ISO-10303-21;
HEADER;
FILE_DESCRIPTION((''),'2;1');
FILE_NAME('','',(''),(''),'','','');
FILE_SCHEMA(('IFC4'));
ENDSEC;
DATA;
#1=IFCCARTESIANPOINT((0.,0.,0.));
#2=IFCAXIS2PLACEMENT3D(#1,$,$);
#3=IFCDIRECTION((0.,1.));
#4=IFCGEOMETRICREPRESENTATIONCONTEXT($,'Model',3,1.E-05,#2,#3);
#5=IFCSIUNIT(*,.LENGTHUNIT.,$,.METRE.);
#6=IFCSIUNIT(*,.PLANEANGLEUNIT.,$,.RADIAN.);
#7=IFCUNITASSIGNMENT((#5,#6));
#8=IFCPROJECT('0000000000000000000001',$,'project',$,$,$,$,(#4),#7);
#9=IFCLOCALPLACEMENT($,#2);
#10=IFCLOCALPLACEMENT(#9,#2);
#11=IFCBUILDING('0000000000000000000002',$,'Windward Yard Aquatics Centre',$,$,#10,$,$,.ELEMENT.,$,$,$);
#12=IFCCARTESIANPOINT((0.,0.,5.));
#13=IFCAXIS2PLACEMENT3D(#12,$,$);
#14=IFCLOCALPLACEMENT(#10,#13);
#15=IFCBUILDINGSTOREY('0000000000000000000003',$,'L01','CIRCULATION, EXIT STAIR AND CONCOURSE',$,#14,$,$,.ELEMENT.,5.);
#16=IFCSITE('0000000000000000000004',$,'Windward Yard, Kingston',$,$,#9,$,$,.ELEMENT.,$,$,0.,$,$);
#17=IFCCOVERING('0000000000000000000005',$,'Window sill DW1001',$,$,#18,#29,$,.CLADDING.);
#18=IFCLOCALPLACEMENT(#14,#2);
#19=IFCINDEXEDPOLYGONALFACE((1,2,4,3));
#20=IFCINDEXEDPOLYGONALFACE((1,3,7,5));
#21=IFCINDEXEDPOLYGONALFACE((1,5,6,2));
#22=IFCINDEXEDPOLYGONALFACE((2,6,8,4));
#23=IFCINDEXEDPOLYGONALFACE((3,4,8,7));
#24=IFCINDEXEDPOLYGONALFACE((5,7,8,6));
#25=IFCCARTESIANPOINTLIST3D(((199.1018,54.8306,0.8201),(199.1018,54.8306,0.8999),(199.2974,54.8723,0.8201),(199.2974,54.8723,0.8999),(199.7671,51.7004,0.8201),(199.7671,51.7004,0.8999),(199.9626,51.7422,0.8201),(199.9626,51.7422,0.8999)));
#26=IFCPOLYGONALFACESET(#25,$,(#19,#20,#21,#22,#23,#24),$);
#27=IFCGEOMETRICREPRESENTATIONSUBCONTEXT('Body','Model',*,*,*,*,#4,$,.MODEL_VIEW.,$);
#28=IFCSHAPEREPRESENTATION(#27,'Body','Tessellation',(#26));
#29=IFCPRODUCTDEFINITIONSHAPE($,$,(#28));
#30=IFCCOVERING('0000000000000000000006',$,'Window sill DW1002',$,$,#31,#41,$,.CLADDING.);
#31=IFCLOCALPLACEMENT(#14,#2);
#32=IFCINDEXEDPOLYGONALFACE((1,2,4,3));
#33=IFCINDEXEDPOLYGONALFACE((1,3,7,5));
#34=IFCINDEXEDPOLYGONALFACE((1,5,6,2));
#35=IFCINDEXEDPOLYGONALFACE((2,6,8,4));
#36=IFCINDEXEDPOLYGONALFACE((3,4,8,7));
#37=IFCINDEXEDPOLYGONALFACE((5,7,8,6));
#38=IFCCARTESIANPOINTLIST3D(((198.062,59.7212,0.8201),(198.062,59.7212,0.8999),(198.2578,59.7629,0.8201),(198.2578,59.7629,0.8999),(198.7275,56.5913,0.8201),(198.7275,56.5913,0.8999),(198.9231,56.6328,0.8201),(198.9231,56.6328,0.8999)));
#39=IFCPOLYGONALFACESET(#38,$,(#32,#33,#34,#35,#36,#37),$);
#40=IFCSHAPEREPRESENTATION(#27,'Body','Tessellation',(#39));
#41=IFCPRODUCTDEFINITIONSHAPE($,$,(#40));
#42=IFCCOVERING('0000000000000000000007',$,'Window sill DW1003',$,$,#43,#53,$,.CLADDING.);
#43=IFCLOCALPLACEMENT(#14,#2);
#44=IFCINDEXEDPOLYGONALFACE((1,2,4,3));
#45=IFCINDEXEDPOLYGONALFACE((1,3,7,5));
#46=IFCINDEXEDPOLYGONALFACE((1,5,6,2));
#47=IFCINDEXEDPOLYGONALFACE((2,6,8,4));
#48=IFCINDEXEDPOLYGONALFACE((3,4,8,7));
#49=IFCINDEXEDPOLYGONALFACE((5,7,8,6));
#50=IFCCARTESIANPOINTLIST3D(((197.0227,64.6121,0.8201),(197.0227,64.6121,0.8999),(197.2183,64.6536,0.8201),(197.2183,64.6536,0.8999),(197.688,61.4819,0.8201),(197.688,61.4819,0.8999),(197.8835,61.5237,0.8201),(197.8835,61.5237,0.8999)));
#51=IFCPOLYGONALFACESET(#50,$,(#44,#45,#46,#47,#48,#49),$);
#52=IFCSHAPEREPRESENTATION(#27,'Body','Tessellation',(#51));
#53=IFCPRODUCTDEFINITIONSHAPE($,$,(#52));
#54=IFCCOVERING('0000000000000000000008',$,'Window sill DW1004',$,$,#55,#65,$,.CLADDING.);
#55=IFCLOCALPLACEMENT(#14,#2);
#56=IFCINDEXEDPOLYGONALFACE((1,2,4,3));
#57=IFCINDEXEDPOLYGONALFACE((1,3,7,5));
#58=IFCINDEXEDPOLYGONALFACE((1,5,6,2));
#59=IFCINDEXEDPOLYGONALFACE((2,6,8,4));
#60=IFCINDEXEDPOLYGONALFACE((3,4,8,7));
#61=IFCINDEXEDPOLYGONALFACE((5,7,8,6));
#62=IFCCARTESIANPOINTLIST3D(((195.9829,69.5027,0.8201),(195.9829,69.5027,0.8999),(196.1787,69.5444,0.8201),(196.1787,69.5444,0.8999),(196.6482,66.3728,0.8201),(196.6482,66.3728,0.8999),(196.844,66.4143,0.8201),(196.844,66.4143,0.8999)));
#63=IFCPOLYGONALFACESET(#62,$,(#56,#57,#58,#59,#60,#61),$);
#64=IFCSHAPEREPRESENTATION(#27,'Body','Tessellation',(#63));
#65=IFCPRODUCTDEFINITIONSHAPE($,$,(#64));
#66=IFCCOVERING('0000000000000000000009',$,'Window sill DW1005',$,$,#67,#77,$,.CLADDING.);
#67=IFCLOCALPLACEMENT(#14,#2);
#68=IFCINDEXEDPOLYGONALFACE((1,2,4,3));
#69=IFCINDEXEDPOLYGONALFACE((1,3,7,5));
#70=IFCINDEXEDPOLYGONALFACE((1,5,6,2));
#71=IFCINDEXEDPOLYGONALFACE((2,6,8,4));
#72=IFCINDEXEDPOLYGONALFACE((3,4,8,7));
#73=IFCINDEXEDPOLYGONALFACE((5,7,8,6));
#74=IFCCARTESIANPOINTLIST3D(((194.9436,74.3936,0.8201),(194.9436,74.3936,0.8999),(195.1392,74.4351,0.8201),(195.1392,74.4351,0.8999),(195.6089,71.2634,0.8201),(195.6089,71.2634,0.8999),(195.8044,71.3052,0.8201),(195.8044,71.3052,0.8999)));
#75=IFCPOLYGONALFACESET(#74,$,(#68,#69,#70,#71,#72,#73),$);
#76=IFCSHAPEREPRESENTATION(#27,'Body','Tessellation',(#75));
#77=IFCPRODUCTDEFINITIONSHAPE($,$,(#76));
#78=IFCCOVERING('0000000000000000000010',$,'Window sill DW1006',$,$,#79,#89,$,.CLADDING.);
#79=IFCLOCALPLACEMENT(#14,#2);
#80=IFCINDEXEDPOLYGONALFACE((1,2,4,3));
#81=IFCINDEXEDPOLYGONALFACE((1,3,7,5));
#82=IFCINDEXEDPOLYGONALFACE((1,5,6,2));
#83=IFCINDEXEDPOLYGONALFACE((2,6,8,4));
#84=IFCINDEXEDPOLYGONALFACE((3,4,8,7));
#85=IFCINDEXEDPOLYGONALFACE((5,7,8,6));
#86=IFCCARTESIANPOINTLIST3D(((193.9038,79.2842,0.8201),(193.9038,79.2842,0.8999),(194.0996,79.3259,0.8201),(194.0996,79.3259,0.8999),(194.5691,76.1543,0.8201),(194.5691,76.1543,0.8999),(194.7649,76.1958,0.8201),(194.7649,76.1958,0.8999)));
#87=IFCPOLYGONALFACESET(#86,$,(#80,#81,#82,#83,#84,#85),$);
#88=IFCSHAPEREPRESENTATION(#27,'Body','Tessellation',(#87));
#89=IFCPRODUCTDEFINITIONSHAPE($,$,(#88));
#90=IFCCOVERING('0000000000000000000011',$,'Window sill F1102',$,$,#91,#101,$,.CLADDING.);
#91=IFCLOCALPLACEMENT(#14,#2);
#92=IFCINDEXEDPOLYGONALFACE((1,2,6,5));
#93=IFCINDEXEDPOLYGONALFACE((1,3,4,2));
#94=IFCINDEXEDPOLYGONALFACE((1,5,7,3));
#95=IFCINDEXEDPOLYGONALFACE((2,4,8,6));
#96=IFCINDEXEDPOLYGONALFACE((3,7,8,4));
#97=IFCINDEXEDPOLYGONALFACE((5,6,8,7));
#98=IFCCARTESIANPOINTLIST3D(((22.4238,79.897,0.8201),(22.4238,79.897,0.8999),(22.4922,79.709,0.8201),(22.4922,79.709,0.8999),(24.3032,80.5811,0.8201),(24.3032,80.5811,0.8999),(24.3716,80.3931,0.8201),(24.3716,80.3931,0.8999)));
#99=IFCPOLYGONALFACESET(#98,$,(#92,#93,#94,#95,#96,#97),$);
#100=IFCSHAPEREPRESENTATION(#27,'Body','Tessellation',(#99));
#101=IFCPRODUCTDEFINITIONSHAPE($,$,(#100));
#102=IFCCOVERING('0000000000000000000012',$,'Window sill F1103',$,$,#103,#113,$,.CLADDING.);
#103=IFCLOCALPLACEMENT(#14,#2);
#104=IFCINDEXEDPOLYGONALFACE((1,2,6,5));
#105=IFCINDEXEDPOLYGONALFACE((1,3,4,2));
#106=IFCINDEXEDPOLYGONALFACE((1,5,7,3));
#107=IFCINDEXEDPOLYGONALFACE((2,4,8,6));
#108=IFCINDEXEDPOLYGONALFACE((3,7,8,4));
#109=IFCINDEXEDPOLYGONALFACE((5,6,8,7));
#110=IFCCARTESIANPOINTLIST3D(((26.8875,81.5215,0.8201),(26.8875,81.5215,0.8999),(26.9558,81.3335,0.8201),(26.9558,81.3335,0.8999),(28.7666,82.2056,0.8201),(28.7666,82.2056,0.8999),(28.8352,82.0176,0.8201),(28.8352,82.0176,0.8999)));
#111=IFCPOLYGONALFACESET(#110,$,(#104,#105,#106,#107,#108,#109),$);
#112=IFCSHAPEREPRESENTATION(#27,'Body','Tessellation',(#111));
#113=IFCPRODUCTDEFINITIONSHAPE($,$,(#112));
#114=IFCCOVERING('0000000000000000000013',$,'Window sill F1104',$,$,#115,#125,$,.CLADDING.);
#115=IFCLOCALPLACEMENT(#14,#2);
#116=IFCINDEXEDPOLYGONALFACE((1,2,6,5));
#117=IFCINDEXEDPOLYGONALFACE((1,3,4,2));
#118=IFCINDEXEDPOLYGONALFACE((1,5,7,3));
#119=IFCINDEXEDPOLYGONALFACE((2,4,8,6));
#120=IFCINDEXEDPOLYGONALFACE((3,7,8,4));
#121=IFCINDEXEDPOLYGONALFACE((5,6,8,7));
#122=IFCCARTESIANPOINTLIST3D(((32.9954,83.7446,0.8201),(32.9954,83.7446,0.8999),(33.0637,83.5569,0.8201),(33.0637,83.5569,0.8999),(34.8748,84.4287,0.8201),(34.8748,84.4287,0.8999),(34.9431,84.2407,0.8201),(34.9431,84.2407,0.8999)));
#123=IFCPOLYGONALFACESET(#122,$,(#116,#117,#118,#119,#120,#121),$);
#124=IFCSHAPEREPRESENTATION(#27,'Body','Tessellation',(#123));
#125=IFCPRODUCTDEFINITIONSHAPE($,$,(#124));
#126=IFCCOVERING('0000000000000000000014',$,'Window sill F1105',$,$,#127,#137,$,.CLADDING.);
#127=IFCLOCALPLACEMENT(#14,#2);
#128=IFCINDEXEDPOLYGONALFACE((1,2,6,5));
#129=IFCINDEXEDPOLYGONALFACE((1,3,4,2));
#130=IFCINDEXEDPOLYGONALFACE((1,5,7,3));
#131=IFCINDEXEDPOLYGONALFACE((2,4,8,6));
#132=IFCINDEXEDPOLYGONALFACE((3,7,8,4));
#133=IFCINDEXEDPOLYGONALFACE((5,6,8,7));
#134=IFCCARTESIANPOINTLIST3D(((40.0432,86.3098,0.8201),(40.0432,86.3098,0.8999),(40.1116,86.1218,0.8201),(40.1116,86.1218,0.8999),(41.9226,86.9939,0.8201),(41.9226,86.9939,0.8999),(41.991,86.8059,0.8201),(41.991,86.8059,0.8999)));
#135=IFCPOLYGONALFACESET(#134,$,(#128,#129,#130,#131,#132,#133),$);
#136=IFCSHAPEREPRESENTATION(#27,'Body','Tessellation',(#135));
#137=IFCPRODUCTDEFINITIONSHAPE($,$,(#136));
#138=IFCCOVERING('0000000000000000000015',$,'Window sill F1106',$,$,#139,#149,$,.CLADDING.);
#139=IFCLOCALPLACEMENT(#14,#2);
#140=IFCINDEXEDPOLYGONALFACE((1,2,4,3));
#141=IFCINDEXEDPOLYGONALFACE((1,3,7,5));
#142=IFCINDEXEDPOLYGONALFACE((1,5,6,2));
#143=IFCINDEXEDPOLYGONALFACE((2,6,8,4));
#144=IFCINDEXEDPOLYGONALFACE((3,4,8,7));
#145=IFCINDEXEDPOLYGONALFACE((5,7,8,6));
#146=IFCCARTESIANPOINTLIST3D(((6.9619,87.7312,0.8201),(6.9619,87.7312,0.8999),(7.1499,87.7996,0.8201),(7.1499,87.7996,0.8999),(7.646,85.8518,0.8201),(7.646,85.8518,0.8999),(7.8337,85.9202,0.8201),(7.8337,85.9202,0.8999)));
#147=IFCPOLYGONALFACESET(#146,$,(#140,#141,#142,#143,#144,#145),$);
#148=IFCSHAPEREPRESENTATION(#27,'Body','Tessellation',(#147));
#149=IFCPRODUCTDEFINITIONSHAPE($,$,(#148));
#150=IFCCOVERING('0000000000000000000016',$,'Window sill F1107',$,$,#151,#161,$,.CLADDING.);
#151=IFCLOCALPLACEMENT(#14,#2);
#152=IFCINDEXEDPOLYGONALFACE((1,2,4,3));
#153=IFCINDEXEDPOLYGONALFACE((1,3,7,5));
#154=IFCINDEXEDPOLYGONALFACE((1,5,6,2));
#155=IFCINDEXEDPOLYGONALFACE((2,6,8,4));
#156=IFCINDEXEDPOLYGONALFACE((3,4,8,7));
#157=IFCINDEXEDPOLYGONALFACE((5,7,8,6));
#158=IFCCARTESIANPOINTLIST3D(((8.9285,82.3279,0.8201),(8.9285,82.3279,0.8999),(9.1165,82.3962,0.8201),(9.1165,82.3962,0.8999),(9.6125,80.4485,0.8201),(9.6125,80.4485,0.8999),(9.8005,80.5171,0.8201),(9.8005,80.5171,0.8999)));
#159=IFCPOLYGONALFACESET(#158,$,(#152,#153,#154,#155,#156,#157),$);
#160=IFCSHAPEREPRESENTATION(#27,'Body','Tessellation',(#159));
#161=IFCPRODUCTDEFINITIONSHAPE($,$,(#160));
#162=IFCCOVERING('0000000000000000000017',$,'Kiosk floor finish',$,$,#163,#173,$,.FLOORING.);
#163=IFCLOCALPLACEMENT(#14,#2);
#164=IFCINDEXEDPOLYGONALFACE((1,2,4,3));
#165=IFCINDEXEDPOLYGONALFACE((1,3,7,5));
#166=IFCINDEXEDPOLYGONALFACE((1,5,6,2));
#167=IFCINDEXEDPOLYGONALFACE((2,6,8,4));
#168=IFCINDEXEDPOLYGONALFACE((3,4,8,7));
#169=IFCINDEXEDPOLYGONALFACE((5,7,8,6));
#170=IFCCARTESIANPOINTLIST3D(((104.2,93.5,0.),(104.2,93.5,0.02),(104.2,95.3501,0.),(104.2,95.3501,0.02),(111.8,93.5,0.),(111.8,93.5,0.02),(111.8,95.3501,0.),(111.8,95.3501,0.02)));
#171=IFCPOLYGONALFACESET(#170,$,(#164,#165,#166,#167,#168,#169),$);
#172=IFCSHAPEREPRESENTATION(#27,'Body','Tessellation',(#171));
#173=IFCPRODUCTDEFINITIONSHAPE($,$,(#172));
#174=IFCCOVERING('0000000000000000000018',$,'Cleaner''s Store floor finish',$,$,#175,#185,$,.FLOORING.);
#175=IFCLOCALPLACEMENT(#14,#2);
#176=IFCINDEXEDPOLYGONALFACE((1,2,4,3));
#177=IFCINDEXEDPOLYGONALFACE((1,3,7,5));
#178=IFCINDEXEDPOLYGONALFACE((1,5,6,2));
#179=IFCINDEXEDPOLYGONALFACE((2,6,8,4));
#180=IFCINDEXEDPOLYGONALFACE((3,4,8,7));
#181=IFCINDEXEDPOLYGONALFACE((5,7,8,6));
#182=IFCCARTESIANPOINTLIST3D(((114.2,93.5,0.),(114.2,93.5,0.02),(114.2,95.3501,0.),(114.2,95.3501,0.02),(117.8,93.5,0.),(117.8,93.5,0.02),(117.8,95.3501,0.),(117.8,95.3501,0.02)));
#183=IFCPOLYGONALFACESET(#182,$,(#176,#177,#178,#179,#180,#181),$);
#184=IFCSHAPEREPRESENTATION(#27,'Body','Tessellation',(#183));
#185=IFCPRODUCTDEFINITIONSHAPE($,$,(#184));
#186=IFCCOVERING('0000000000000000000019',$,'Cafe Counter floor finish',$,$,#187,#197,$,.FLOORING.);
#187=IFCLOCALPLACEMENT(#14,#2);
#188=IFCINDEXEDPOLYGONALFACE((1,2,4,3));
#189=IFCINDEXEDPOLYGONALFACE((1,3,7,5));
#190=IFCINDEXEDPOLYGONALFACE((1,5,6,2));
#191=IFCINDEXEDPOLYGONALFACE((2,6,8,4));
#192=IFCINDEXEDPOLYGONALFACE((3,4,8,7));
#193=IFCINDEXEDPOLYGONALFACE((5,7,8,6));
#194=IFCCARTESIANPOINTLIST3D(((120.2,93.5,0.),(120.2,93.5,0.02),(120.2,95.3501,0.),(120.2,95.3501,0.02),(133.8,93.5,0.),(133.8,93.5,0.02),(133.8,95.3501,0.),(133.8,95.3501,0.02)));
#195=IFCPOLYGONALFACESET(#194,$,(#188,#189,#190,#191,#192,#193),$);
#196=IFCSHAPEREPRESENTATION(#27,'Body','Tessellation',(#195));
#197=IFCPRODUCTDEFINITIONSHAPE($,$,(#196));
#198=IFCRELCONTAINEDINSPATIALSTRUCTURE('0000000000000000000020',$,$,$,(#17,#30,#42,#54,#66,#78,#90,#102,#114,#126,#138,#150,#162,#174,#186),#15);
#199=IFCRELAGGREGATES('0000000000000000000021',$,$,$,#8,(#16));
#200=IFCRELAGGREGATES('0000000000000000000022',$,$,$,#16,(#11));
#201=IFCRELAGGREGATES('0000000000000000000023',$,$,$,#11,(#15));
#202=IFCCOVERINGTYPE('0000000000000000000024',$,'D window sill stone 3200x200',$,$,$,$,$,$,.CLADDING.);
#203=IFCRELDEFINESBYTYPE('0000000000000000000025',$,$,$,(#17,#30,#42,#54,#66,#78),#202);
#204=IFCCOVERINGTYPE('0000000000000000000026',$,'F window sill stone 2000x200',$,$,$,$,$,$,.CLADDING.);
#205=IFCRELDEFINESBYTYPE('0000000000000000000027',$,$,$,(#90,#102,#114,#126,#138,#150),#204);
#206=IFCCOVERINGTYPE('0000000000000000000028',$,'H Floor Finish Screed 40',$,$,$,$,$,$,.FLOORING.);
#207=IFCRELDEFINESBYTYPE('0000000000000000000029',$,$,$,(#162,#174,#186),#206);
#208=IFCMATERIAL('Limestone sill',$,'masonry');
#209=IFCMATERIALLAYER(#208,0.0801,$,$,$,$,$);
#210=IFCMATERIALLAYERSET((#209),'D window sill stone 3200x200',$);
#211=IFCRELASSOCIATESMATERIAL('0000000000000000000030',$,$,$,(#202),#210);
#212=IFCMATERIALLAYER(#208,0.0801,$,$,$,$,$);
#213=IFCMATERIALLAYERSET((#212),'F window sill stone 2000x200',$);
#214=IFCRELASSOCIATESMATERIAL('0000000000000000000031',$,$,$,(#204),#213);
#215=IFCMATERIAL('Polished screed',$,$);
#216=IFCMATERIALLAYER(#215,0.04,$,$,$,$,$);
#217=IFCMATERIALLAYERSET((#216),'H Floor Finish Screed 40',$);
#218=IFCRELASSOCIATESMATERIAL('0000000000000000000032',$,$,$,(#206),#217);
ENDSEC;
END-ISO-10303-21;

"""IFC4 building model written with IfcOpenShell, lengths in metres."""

from ifc_helpers import new_model, si_unit, direction, frame, origin, place, context, subcontext, project, spatial, polyline, outline, extrude, material, layer, layer_set, type_object, element, save


model = new_model("IFC4")

# Units and contexts
model_context = context("Model", 3, precision=1e-05, world=origin(), true_north=direction((0.0, 1.0)))
body_context = subcontext(model_context, "Body", "Model", "MODEL_VIEW")
ifc_project = project(units=[si_unit("LENGTHUNIT", "METRE"), si_unit("PLANEANGLEUNIT", "RADIAN")], contexts=[model_context])

# Site, building, storey
site_placement = place(None, origin())
site = spatial("IfcSite", under=ifc_project, at=site_placement, Name="Windward Yard, Kingston", CompositionType="ELEMENT", RefElevation=0.0)
building_placement = place(site_placement, origin())
building = spatial("IfcBuilding", under=site, at=building_placement, Name="Windward Yard Aquatics Centre", CompositionType="ELEMENT")
storey_placement = place(building_placement, frame((0.0, 0.0, 5.0)))
storey = spatial("IfcBuildingStorey", under=building, at=storey_placement, Name="L01", Description="CIRCULATION, EXIT STAIR AND CONCOURSE", CompositionType="ELEMENT", Elevation=5.0)

# Coverings
ifc_material_1 = material(Name="Limestone sill", Category="masonry")
ifc_layer_1 = layer(ifc_material_1, 0.0801)
ifc_layer_set_1 = layer_set([ifc_layer_1], Name="D window sill stone 3200x200")
covering_type_1 = type_object("IfcCoveringType", Name="D window sill stone 3200x200", PredefinedType="CLADDING", material=ifc_layer_set_1)
covering_1_placement = place(storey_placement, frame((0.0, 0.0, 0.8201)))
element("IfcCovering", 1, at=covering_1_placement, inside=storey, type_object=covering_type_1, Name="Window sill DW1001", PredefinedType="CLADDING", context=body_context, shape_type="SweptSolid", body=[
    extrude(outline(polyline([(199.1018, 54.8306), (199.2974, 54.8723), (199.9626, 51.7422), (199.7671, 51.7004), (199.1018, 54.8306)])), origin(), (0.0, 0.0, 1.0), 0.0798),
])
covering_2_placement = place(storey_placement, frame((0.0, 0.0, 0.8201)))
element("IfcCovering", 2, at=covering_2_placement, inside=storey, type_object=covering_type_1, Name="Window sill DW1002", PredefinedType="CLADDING", context=body_context, shape_type="SweptSolid", body=[
    extrude(outline(polyline([(198.062, 59.7212), (198.2578, 59.7629), (198.9231, 56.6328), (198.7275, 56.5913), (198.062, 59.7212)])), origin(), (0.0, 0.0, 1.0), 0.0798),
])
covering_3_placement = place(storey_placement, frame((0.0, 0.0, 0.8201)))
element("IfcCovering", 3, at=covering_3_placement, inside=storey, type_object=covering_type_1, Name="Window sill DW1003", PredefinedType="CLADDING", context=body_context, shape_type="SweptSolid", body=[
    extrude(outline(polyline([(197.0227, 64.6121), (197.2183, 64.6536), (197.8835, 61.5237), (197.688, 61.4819), (197.0227, 64.6121)])), origin(), (0.0, 0.0, 1.0), 0.0798),
])
covering_4_placement = place(storey_placement, frame((0.0, 0.0, 0.8201)))
element("IfcCovering", 4, at=covering_4_placement, inside=storey, type_object=covering_type_1, Name="Window sill DW1004", PredefinedType="CLADDING", context=body_context, shape_type="SweptSolid", body=[
    extrude(outline(polyline([(195.9829, 69.5027), (196.1787, 69.5444), (196.844, 66.4143), (196.6482, 66.3728), (195.9829, 69.5027)])), origin(), (0.0, 0.0, 1.0), 0.0798),
])
covering_5_placement = place(storey_placement, frame((0.0, 0.0, 0.8201)))
element("IfcCovering", 5, at=covering_5_placement, inside=storey, type_object=covering_type_1, Name="Window sill DW1005", PredefinedType="CLADDING", context=body_context, shape_type="SweptSolid", body=[
    extrude(outline(polyline([(194.9436, 74.3936), (195.1392, 74.4351), (195.8044, 71.3052), (195.6089, 71.2634), (194.9436, 74.3936)])), origin(), (0.0, 0.0, 1.0), 0.0798),
])
covering_6_placement = place(storey_placement, frame((0.0, 0.0, 0.8201)))
element("IfcCovering", 6, at=covering_6_placement, inside=storey, type_object=covering_type_1, Name="Window sill DW1006", PredefinedType="CLADDING", context=body_context, shape_type="SweptSolid", body=[
    extrude(outline(polyline([(193.9038, 79.2842), (194.0996, 79.3259), (194.7649, 76.1958), (194.5691, 76.1543), (193.9038, 79.2842)])), origin(), (0.0, 0.0, 1.0), 0.0798),
])
ifc_layer_2 = layer(ifc_material_1, 0.0801)
ifc_layer_set_2 = layer_set([ifc_layer_2], Name="F window sill stone 2000x200")
covering_type_2 = type_object("IfcCoveringType", Name="F window sill stone 2000x200", PredefinedType="CLADDING", material=ifc_layer_set_2)
covering_7_placement = place(storey_placement, frame((0.0, 0.0, 0.8201)))
element("IfcCovering", 7, at=covering_7_placement, inside=storey, type_object=covering_type_2, Name="Window sill F1102", PredefinedType="CLADDING", context=body_context, shape_type="SweptSolid", body=[
    extrude(outline(polyline([(22.4238, 79.897), (24.3032, 80.5811), (24.3716, 80.3931), (22.4922, 79.709), (22.4238, 79.897)])), origin(), (0.0, 0.0, 1.0), 0.0798),
])
covering_8_placement = place(storey_placement, frame((0.0, 0.0, 0.8201)))
element("IfcCovering", 8, at=covering_8_placement, inside=storey, type_object=covering_type_2, Name="Window sill F1103", PredefinedType="CLADDING", context=body_context, shape_type="SweptSolid", body=[
    extrude(outline(polyline([(26.8875, 81.5215), (28.7666, 82.2056), (28.8352, 82.0176), (26.9558, 81.3335), (26.8875, 81.5215)])), origin(), (0.0, 0.0, 1.0), 0.0798),
])
covering_9_placement = place(storey_placement, frame((0.0, 0.0, 0.8201)))
element("IfcCovering", 9, at=covering_9_placement, inside=storey, type_object=covering_type_2, Name="Window sill F1104", PredefinedType="CLADDING", context=body_context, shape_type="SweptSolid", body=[
    extrude(outline(polyline([(32.9954, 83.7446), (34.8748, 84.4287), (34.9431, 84.2407), (33.0637, 83.5569), (32.9954, 83.7446)])), origin(), (0.0, 0.0, 1.0), 0.0798),
])
covering_10_placement = place(storey_placement, frame((0.0, 0.0, 0.8201)))
element("IfcCovering", 10, at=covering_10_placement, inside=storey, type_object=covering_type_2, Name="Window sill F1105", PredefinedType="CLADDING", context=body_context, shape_type="SweptSolid", body=[
    extrude(outline(polyline([(40.0432, 86.3098), (41.9226, 86.9939), (41.991, 86.8059), (40.1116, 86.1218), (40.0432, 86.3098)])), origin(), (0.0, 0.0, 1.0), 0.0798),
])
covering_11_placement = place(storey_placement, frame((0.0, 0.0, 0.8201)))
element("IfcCovering", 11, at=covering_11_placement, inside=storey, type_object=covering_type_2, Name="Window sill F1106", PredefinedType="CLADDING", context=body_context, shape_type="SweptSolid", body=[
    extrude(outline(polyline([(6.9619, 87.7312), (7.1499, 87.7996), (7.8337, 85.9202), (7.646, 85.8518), (6.9619, 87.7312)])), origin(), (0.0, 0.0, 1.0), 0.0798),
])
covering_12_placement = place(storey_placement, frame((0.0, 0.0, 0.8201)))
element("IfcCovering", 12, at=covering_12_placement, inside=storey, type_object=covering_type_2, Name="Window sill F1107", PredefinedType="CLADDING", context=body_context, shape_type="SweptSolid", body=[
    extrude(outline(polyline([(8.9285, 82.3279), (9.1165, 82.3962), (9.8005, 80.5171), (9.6125, 80.4485), (8.9285, 82.3279)])), origin(), (0.0, 0.0, 1.0), 0.0798),
])
ifc_material_2 = material(Name="Polished screed")
ifc_layer_3 = layer(ifc_material_2, 0.04)
ifc_layer_set_3 = layer_set([ifc_layer_3], Name="H Floor Finish Screed 40")
covering_type_3 = type_object("IfcCoveringType", Name="H Floor Finish Screed 40", PredefinedType="FLOORING", material=ifc_layer_set_3)
covering_13_placement = place(storey_placement, origin())
element("IfcCovering", 13, at=covering_13_placement, inside=storey, type_object=covering_type_3, Name="Kiosk floor finish", PredefinedType="FLOORING", context=body_context, shape_type="SweptSolid", body=[
    extrude(outline(polyline([(104.2, 93.5), (104.2, 95.3501), (111.8, 95.3501), (111.8, 93.5), (104.2, 93.5)])), origin(), (0.0, 0.0, 1.0), 0.02),
])
covering_14_placement = place(storey_placement, origin())
element("IfcCovering", 14, at=covering_14_placement, inside=storey, type_object=covering_type_3, Name="Cleaner's Store floor finish", PredefinedType="FLOORING", context=body_context, shape_type="SweptSolid", body=[
    extrude(outline(polyline([(114.2, 93.5), (114.2, 95.3501), (117.8, 95.3501), (117.8, 93.5), (114.2, 93.5)])), origin(), (0.0, 0.0, 1.0), 0.02),
])
covering_15_placement = place(storey_placement, origin())
element("IfcCovering", 15, at=covering_15_placement, inside=storey, type_object=covering_type_3, Name="Cafe Counter floor finish", PredefinedType="FLOORING", context=body_context, shape_type="SweptSolid", body=[
    extrude(outline(polyline([(120.2, 93.5), (120.2, 95.3501), (133.8, 95.3501), (133.8, 93.5), (120.2, 93.5)])), origin(), (0.0, 0.0, 1.0), 0.02),
])

save(model, "model.ifc")
